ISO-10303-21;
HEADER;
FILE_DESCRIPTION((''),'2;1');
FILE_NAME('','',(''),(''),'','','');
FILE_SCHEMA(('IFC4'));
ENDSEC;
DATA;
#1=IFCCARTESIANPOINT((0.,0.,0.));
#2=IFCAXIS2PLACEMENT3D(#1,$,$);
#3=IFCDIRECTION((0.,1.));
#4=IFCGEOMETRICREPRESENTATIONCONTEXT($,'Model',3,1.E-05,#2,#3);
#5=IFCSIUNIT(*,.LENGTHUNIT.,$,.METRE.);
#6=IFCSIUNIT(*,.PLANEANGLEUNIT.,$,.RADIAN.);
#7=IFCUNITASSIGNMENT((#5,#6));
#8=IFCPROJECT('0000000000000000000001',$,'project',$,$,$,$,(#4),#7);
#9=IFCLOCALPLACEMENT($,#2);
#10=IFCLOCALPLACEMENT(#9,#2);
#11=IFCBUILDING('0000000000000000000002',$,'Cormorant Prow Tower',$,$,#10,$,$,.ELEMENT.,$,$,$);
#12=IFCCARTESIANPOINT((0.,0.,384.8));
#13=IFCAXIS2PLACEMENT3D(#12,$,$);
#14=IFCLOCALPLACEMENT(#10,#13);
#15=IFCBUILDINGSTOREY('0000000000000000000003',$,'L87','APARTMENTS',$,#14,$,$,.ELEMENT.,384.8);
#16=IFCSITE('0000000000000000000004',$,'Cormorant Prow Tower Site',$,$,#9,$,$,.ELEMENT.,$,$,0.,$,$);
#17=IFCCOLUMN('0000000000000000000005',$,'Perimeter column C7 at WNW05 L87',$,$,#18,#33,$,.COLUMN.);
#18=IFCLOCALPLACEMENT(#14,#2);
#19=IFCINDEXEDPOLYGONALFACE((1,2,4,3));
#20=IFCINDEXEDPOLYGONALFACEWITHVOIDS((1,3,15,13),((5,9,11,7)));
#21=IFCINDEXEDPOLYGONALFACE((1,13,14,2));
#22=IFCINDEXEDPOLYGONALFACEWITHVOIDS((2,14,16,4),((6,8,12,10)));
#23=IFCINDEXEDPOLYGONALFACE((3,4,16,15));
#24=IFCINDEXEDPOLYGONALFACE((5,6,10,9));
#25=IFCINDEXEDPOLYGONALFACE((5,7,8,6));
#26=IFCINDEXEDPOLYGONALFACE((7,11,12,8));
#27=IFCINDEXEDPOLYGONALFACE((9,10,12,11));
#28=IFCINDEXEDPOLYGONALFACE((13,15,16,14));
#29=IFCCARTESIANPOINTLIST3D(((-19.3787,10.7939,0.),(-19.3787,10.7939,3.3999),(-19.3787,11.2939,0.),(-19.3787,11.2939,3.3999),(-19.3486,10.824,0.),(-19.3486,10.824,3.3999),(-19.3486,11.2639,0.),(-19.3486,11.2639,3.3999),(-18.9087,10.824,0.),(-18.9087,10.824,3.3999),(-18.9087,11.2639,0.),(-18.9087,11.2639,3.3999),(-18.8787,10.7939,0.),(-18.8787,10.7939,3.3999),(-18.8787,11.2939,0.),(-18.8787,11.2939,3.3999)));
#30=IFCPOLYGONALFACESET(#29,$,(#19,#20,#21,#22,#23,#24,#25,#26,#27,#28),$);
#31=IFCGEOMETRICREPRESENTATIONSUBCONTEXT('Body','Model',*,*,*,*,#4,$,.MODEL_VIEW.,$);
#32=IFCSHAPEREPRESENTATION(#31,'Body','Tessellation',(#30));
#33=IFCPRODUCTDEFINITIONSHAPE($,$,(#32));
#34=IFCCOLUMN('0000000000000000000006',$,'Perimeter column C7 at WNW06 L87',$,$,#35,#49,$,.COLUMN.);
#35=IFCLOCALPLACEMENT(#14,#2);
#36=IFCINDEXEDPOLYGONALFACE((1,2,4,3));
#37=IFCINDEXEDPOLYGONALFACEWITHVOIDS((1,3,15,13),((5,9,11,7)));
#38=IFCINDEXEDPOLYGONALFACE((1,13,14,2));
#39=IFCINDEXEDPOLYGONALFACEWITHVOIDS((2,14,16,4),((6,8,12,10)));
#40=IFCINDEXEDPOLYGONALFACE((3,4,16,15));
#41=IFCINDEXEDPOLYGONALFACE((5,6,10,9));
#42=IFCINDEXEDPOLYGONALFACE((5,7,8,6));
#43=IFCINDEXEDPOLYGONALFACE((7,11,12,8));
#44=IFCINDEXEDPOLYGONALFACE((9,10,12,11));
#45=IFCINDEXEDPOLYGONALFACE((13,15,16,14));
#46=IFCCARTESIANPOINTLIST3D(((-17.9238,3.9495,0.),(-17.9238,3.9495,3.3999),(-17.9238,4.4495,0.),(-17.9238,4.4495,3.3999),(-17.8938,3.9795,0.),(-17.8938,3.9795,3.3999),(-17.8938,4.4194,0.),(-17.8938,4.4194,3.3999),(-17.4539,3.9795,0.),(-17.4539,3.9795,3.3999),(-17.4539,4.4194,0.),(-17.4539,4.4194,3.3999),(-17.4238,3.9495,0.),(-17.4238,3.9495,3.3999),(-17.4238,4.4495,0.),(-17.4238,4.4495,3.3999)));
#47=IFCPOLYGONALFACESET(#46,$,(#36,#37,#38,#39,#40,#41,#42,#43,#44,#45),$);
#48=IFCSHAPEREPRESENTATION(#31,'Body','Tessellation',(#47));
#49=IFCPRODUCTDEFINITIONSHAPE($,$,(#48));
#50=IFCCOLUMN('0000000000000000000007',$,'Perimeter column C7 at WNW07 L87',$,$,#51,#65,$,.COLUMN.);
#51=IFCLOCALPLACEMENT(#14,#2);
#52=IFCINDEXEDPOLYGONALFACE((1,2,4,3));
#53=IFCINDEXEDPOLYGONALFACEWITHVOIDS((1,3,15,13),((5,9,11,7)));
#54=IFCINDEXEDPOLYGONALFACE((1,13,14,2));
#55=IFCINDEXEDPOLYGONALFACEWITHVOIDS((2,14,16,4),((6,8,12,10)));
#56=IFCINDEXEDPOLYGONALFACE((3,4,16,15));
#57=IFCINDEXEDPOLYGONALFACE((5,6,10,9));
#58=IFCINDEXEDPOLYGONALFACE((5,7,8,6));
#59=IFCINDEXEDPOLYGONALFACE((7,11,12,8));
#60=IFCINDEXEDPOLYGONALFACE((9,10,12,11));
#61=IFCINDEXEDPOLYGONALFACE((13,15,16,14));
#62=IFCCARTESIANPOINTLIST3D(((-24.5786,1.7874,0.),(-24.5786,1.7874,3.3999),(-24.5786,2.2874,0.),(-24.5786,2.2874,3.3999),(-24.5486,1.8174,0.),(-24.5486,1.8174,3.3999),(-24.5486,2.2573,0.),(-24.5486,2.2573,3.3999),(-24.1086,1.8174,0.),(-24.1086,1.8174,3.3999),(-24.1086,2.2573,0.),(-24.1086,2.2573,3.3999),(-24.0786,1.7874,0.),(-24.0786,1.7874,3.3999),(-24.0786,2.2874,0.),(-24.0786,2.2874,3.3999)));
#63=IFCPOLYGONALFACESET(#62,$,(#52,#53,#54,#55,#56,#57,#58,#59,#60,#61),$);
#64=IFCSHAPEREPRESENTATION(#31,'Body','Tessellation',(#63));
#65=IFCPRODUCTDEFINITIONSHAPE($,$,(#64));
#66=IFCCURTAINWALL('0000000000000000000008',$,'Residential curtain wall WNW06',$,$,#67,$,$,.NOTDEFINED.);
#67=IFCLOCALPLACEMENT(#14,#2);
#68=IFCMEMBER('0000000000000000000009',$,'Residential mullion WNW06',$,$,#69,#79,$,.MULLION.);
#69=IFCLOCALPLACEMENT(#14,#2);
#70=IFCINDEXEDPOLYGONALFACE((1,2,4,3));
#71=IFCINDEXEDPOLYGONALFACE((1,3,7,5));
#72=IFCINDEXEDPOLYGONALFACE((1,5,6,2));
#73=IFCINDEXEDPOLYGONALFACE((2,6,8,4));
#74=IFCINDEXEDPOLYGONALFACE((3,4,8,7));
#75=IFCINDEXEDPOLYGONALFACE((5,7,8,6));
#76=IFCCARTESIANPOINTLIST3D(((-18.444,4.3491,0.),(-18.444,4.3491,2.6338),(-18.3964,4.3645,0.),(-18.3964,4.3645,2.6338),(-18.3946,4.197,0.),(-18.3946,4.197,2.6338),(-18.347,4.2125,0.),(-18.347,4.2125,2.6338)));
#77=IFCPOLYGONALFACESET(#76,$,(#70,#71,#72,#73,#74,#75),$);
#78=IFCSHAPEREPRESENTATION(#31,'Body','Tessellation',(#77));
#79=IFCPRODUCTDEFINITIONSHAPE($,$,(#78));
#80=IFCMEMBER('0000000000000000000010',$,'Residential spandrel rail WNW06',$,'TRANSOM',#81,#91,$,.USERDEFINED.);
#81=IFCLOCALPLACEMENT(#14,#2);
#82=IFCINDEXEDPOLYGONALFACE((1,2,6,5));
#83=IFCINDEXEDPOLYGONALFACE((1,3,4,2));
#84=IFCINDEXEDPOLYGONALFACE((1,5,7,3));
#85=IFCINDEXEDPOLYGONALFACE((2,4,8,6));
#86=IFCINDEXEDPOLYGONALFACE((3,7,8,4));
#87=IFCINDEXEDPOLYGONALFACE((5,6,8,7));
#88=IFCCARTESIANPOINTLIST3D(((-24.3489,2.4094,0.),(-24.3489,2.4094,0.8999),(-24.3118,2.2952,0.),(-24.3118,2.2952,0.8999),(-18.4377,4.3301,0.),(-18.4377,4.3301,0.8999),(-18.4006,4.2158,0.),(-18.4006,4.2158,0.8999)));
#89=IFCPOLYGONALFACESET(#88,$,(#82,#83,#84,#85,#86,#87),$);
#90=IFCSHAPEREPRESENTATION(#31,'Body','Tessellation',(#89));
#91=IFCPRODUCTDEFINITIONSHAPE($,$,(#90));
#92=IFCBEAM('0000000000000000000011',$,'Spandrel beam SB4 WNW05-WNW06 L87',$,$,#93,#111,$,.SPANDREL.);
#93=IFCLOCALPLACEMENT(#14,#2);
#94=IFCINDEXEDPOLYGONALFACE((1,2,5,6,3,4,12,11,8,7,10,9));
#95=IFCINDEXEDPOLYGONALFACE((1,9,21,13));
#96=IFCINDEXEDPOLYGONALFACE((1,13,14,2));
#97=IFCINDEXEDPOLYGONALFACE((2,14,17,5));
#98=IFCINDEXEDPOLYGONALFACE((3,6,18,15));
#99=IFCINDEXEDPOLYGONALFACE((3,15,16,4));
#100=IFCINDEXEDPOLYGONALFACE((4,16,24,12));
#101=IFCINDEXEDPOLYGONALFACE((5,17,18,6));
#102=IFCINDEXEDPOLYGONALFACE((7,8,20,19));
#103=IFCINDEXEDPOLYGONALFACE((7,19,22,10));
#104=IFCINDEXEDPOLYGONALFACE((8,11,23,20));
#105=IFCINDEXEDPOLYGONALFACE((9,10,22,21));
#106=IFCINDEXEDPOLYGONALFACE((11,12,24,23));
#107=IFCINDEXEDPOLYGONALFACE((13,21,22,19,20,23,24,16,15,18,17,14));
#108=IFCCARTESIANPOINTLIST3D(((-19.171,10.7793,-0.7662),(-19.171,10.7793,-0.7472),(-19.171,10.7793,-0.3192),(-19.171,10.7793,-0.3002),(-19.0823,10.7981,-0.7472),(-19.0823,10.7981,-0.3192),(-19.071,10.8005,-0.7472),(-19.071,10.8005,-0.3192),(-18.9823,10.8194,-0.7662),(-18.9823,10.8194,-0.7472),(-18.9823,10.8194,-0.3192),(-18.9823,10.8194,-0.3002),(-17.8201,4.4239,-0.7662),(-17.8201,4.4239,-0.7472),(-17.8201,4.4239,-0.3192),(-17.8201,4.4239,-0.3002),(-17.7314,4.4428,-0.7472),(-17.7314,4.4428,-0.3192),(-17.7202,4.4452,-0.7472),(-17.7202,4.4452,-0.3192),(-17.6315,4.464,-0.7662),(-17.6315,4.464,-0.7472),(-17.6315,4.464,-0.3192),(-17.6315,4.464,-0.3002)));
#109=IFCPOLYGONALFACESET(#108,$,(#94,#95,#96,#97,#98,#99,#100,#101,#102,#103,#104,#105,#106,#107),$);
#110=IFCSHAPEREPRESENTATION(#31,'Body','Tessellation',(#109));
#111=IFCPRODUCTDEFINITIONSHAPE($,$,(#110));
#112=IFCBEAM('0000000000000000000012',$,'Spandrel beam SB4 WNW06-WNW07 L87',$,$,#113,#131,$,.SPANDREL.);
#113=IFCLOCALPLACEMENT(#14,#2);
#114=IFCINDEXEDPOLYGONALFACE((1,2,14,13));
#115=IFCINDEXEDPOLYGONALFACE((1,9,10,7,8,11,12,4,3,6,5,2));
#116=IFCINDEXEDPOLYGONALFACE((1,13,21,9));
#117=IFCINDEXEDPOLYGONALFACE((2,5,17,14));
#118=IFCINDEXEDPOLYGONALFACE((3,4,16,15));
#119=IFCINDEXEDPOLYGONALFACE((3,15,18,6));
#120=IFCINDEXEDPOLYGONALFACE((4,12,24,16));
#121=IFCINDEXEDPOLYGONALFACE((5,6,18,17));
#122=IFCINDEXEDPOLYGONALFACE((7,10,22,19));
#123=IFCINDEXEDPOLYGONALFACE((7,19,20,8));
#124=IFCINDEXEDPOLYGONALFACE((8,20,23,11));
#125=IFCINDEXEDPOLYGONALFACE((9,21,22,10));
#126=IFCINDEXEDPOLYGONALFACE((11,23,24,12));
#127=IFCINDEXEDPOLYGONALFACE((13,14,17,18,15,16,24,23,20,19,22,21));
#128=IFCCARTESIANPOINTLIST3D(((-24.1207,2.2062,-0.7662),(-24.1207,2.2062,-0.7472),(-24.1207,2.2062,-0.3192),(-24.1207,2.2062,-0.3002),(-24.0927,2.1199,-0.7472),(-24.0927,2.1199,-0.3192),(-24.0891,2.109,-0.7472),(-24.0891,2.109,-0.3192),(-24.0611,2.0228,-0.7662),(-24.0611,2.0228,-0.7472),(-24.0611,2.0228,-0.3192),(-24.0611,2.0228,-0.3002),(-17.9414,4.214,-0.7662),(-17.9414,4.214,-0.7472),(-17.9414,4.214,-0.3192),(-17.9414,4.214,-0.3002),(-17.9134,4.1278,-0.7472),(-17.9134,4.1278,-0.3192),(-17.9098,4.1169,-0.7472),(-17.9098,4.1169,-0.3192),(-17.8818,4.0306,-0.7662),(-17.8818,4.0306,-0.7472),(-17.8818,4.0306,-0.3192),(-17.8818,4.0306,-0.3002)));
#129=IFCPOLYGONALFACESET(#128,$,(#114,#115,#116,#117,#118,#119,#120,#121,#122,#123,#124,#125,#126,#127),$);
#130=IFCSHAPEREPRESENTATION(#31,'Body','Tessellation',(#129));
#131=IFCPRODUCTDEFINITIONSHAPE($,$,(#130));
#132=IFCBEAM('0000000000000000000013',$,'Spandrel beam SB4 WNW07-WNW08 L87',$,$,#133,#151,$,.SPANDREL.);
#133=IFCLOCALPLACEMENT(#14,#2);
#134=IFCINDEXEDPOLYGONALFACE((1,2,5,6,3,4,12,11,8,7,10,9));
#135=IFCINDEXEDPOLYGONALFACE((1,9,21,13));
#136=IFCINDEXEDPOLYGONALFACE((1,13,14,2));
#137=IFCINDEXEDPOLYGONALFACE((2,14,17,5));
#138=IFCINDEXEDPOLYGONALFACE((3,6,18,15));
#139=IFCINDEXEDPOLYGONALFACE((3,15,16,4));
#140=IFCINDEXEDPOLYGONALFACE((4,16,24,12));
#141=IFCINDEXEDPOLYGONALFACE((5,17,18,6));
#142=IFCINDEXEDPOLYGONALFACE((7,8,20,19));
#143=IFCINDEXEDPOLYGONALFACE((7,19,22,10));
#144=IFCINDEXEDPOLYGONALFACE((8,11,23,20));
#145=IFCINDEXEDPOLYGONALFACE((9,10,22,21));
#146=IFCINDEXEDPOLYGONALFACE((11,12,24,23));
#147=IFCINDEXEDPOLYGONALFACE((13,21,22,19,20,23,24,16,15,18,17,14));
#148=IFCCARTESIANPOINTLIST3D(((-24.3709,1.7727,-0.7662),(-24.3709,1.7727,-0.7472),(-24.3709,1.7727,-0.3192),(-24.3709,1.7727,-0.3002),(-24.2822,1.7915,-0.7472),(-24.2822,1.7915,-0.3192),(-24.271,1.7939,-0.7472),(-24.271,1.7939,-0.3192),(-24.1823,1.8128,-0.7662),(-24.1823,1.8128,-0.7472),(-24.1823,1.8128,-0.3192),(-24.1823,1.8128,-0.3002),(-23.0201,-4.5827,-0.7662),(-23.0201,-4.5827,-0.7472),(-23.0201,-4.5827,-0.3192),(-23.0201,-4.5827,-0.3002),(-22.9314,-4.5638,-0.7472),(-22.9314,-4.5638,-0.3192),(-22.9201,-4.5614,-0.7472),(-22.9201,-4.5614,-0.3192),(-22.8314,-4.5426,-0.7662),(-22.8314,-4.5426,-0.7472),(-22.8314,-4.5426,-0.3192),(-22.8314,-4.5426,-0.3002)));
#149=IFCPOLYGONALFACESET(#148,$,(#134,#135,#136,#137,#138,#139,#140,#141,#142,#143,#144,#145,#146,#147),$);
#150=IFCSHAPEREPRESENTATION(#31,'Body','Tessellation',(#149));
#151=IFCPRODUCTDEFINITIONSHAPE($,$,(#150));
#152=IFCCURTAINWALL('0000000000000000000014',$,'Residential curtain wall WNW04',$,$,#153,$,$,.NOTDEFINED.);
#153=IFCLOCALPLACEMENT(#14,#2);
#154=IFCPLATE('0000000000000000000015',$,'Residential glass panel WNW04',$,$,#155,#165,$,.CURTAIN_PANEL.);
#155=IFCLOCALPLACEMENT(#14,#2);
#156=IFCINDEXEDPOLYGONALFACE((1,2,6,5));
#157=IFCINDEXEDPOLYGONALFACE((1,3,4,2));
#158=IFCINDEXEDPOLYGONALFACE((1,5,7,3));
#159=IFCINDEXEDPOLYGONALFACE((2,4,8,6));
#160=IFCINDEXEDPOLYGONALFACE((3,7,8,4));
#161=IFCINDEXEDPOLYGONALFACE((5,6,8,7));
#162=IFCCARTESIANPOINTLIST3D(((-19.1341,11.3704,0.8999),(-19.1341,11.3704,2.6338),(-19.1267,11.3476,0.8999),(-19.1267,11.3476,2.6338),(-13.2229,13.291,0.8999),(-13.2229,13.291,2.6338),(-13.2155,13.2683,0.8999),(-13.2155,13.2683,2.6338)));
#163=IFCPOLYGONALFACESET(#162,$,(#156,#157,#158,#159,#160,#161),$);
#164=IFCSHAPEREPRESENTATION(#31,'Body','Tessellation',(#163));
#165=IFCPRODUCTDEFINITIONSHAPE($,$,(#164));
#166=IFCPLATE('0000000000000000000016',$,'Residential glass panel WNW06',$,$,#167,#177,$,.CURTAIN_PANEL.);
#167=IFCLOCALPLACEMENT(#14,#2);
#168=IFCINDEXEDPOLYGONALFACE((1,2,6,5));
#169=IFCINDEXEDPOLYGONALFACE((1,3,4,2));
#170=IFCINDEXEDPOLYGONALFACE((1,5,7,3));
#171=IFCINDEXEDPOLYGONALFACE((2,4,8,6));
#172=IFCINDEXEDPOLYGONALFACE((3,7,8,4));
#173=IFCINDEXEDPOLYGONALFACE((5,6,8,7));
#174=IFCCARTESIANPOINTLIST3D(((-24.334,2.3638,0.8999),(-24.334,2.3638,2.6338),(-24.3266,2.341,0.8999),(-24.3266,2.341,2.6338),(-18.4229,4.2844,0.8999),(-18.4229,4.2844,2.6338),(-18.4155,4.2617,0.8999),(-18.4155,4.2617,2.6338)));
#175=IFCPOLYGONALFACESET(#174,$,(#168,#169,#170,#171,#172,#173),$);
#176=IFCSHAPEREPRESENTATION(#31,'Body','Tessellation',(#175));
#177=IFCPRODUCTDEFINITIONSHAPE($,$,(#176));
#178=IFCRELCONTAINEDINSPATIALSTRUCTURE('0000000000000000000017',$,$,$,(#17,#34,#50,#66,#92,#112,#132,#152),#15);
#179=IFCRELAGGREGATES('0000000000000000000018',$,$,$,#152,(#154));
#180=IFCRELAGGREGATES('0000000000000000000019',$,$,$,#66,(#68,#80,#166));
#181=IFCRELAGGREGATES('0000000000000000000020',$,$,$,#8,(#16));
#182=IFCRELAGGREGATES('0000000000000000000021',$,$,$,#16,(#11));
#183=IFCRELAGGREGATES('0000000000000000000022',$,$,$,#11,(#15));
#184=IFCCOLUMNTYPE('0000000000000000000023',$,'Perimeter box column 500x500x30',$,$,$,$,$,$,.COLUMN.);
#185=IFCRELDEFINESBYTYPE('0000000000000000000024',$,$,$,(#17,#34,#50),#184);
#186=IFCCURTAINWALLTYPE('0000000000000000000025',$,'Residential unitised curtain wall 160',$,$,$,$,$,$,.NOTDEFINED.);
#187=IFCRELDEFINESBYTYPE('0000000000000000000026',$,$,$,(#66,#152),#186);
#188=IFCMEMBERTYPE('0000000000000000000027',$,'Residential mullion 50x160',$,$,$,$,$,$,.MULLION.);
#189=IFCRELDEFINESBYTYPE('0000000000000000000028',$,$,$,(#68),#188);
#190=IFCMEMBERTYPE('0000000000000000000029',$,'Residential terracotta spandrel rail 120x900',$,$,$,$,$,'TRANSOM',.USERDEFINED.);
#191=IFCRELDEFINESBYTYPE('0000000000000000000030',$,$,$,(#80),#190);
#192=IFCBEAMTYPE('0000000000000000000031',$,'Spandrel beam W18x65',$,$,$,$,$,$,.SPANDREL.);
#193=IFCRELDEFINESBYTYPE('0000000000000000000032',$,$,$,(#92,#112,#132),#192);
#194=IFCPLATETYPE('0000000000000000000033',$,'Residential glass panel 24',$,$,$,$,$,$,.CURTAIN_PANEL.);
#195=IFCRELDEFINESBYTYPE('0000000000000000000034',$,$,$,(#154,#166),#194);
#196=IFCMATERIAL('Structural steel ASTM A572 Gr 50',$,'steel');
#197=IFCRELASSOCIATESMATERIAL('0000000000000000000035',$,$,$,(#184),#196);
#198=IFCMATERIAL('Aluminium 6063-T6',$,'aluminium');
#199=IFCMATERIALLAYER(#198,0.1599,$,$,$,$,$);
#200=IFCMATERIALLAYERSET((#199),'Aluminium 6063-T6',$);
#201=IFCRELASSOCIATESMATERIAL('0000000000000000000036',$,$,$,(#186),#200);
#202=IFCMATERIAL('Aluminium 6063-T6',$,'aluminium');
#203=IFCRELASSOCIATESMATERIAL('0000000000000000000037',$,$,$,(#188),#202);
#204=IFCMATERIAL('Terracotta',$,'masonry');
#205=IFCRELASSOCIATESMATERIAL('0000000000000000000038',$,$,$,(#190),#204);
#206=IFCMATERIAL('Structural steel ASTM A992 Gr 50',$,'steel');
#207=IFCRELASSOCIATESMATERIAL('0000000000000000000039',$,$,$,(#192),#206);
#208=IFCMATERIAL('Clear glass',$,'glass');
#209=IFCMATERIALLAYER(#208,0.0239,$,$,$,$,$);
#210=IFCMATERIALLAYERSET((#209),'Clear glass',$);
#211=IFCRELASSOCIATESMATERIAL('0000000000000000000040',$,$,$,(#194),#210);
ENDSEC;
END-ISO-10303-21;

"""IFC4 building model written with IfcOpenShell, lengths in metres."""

from ifc_helpers import new_model, si_unit, direction, frame, origin, origin_2d, place, context, subcontext, project, spatial, rectangle, hollow_rectangle, i_section, extrude, material, layer, layer_set, material_profile, profile_set, type_object, element, aggregate, save


model = new_model("IFC4")

# Units and contexts
model_context = context("Model", 3, precision=1e-05, world=origin(), true_north=direction((0.0, 1.0)))
body_context = subcontext(model_context, "Body", "Model", "MODEL_VIEW")
ifc_project = project(units=[si_unit("LENGTHUNIT", "METRE"), si_unit("PLANEANGLEUNIT", "RADIAN")], contexts=[model_context])

# Site, building, storey
site_placement = place(None, origin())
site = spatial("IfcSite", under=ifc_project, at=site_placement, Name="Cormorant Prow Tower Site", CompositionType="ELEMENT", RefElevation=0.0)
building_placement = place(site_placement, origin())
building = spatial("IfcBuilding", under=site, at=building_placement, Name="Cormorant Prow Tower", CompositionType="ELEMENT")
storey_placement = place(building_placement, frame((0.0, 0.0, 384.8)))
storey = spatial("IfcBuildingStorey", under=building, at=storey_placement, Name="L87", Description="APARTMENTS", CompositionType="ELEMENT", Elevation=384.8)

# Columns
ifc_material_1 = material(Name="Structural steel ASTM A572 Gr 50", Category="steel")
ifc_material_profile_1 = material_profile(ifc_material_1, hollow_rectangle(XDim=0.5, YDim=0.5, WallThickness=0.03, at=origin_2d()), Name="Box 500x500x30")
ifc_profile_set_1 = profile_set([ifc_material_profile_1], Name="Structural steel ASTM A572 Gr 50")
column_type = type_object("IfcColumnType", Name="Perimeter box column 500x500x30", PredefinedType="COLUMN", material=ifc_profile_set_1)
for number, where, z_axis, x_axis, name in (
    (1, (-19.1287, 11.0439, 0.0), (0.0, 0.0, 1.0), (1.0, 0.0, 0.0), "Perimeter column C7 at WNW05 L87"),
    (2, (-17.6738, 4.1995, 0.0), (0.0, 0.0, 1.0), (1.0, 0.0, 0.0), "Perimeter column C7 at WNW06 L87"),
    (3, (-24.3286, 2.0374, 0.0), (0.0, 0.0, 1.0), (1.0, 0.0, 0.0), "Perimeter column C7 at WNW07 L87"),
):
    element("IfcColumn", number, at=place(storey_placement, frame(where, z_axis=z_axis, x_axis=x_axis)), inside=storey, type_object=column_type, Name=name, PredefinedType="COLUMN", context=body_context, shape_type="SweptSolid", body=[
        extrude(hollow_rectangle(XDim=0.5, YDim=0.5, WallThickness=0.03, at=origin_2d()), origin(), (0.0, 0.0, 1.0), 3.3999),
    ])

# Curtain wall, members
ifc_material_2 = material(Name="Aluminium 6063-T6", Category="aluminium")
ifc_layer_1 = layer(ifc_material_2, 0.1599)
ifc_layer_set_1 = layer_set([ifc_layer_1], Name="Aluminium 6063-T6")
curtain_wall_type = type_object("IfcCurtainWallType", Name="Residential unitised curtain wall 160", PredefinedType="NOTDEFINED", material=ifc_layer_set_1)
curtain_wall_1_placement = place(storey_placement, origin())
curtain_wall_1 = element("IfcCurtainWall", 4, at=curtain_wall_1_placement, inside=storey, type_object=curtain_wall_type, Name="Residential curtain wall WNW06", PredefinedType="NOTDEFINED")
ifc_material_3 = material(Name="Aluminium 6063-T6", Category="aluminium")
ifc_material_profile_2 = material_profile(ifc_material_3, rectangle(XDim=0.1599, YDim=0.05, at=origin_2d()), Name="Residential mullion 50x160")
ifc_profile_set_2 = profile_set([ifc_material_profile_2], Name="Aluminium 6063-T6")
member_type_1 = type_object("IfcMemberType", Name="Residential mullion 50x160", PredefinedType="MULLION", material=ifc_profile_set_2)
member_1_placement = place(storey_placement, frame((-18.3955, 4.2808, 0.0), z_axis=(0.0, 0.0, 1.0), x_axis=(0.309017, -0.951057, 0.0)))
member_1 = element("IfcMember", 5, at=member_1_placement, type_object=member_type_1, Name="Residential mullion WNW06", PredefinedType="MULLION", context=body_context, shape_type="SweptSolid", body=[
    extrude(rectangle(XDim=0.1599, YDim=0.05, at=origin_2d()), origin(), (0.0, 0.0, 1.0), 2.6338),
])
ifc_material_4 = material(Name="Terracotta", Category="masonry")
ifc_material_profile_3 = material_profile(ifc_material_4, rectangle(XDim=0.1201, YDim=0.8999, at=origin_2d()), Name="Residential terracotta spandrel rail 120x900")
ifc_profile_set_3 = profile_set([ifc_material_profile_3], Name="Terracotta")
member_type_2 = type_object("IfcMemberType", Name="Residential terracotta spandrel rail 120x900", ElementType="TRANSOM", PredefinedType="USERDEFINED", material=ifc_profile_set_3)
member_2_placement = place(storey_placement, frame((-18.4192, 4.2729, 0.45), z_axis=(-0.951056, -0.309019, 0.0), x_axis=(0.309019, -0.951056, 0.0)))
member_2 = element("IfcMember", 6, at=member_2_placement, type_object=member_type_2, Name="Residential spandrel rail WNW06", ObjectType="TRANSOM", PredefinedType="USERDEFINED", context=body_context, shape_type="SweptSolid", body=[
    extrude(rectangle(XDim=0.1201, YDim=0.8999, at=origin_2d()), origin(), (0.0, 0.0, 1.0), 6.2153),
])

# Beams
ifc_material_5 = material(Name="Structural steel ASTM A992 Gr 50", Category="steel")
ifc_material_profile_4 = material_profile(ifc_material_5, i_section(OverallWidth=0.1929, OverallDepth=0.4661, WebThickness=0.0115, FlangeThickness=0.019, at=origin_2d()), Name="W18x65")
ifc_profile_set_4 = profile_set([ifc_material_profile_4], Name="Structural steel ASTM A992 Gr 50")
beam_type = type_object("IfcBeamType", Name="Spandrel beam W18x65", PredefinedType="SPANDREL", material=ifc_profile_set_4)
for number, where, z_axis, x_axis, name in (
    (7, (-19.0767, 10.7993, -0.5332), (0.20791, -0.978148, 0.0), (0.978148, 0.20791, 0.0), "Spandrel beam SB4 WNW05-WNW06 L87"),
    (8, (-17.9116, 4.1223, -0.5332), (-0.951053, -0.309027, 0.0), (0.309027, -0.951053, 0.0), "Spandrel beam SB4 WNW06-WNW07 L87"),
    (9, (-24.2766, 1.7927, -0.5332), (0.20791, -0.978148, 0.0), (0.978148, 0.20791, 0.0), "Spandrel beam SB4 WNW07-WNW08 L87"),
):
    element("IfcBeam", number, at=place(storey_placement, frame(where, z_axis=z_axis, x_axis=x_axis)), inside=storey, type_object=beam_type, Name=name, PredefinedType="SPANDREL", context=body_context, shape_type="SweptSolid", body=[
        extrude(i_section(OverallWidth=0.1929, OverallDepth=0.4661, WebThickness=0.0115, FlangeThickness=0.019, at=origin_2d()), origin(), (0.0, 0.0, 1.0), 6.4973),
    ])

# Curtain wall, plate
curtain_wall_2_placement = place(storey_placement, origin())
curtain_wall_2 = element("IfcCurtainWall", 10, at=curtain_wall_2_placement, inside=storey, type_object=curtain_wall_type, Name="Residential curtain wall WNW04", PredefinedType="NOTDEFINED")
ifc_material_6 = material(Name="Clear glass", Category="glass")
ifc_layer_2 = layer(ifc_material_6, 0.0239)
ifc_layer_set_2 = layer_set([ifc_layer_2], Name="Clear glass")
plate_type = type_object("IfcPlateType", Name="Residential glass panel 24", PredefinedType="CURTAIN_PANEL", material=ifc_layer_set_2)
plate_1_placement = place(storey_placement, frame((-16.1748, 12.3193, 0.8999), z_axis=(0.0, 0.0, 1.0), x_axis=(-0.951057, -0.309017, 0.0)))
plate_1 = element("IfcPlate", 11, at=plate_1_placement, type_object=plate_type, Name="Residential glass panel WNW04", PredefinedType="CURTAIN_PANEL", context=body_context, shape_type="SweptSolid", body=[
    extrude(rectangle(XDim=6.2153, YDim=0.0239, at=origin_2d()), origin(), (0.0, 0.0, 1.0), 1.7339),
])
aggregate(curtain_wall_2, [plate_1])

# Plate
plate_2_placement = place(storey_placement, frame((-21.3748, 3.3127, 0.8999), z_axis=(0.0, 0.0, 1.0), x_axis=(-0.951057, -0.309017, 0.0)))
plate_2 = element("IfcPlate", 12, at=plate_2_placement, type_object=plate_type, Name="Residential glass panel WNW06", PredefinedType="CURTAIN_PANEL", context=body_context, shape_type="SweptSolid", body=[
    extrude(rectangle(XDim=6.2153, YDim=0.0239, at=origin_2d()), origin(), (0.0, 0.0, 1.0), 1.7339),
])
aggregate(curtain_wall_1, [member_1, member_2, plate_2])

save(model, "model.ifc")
